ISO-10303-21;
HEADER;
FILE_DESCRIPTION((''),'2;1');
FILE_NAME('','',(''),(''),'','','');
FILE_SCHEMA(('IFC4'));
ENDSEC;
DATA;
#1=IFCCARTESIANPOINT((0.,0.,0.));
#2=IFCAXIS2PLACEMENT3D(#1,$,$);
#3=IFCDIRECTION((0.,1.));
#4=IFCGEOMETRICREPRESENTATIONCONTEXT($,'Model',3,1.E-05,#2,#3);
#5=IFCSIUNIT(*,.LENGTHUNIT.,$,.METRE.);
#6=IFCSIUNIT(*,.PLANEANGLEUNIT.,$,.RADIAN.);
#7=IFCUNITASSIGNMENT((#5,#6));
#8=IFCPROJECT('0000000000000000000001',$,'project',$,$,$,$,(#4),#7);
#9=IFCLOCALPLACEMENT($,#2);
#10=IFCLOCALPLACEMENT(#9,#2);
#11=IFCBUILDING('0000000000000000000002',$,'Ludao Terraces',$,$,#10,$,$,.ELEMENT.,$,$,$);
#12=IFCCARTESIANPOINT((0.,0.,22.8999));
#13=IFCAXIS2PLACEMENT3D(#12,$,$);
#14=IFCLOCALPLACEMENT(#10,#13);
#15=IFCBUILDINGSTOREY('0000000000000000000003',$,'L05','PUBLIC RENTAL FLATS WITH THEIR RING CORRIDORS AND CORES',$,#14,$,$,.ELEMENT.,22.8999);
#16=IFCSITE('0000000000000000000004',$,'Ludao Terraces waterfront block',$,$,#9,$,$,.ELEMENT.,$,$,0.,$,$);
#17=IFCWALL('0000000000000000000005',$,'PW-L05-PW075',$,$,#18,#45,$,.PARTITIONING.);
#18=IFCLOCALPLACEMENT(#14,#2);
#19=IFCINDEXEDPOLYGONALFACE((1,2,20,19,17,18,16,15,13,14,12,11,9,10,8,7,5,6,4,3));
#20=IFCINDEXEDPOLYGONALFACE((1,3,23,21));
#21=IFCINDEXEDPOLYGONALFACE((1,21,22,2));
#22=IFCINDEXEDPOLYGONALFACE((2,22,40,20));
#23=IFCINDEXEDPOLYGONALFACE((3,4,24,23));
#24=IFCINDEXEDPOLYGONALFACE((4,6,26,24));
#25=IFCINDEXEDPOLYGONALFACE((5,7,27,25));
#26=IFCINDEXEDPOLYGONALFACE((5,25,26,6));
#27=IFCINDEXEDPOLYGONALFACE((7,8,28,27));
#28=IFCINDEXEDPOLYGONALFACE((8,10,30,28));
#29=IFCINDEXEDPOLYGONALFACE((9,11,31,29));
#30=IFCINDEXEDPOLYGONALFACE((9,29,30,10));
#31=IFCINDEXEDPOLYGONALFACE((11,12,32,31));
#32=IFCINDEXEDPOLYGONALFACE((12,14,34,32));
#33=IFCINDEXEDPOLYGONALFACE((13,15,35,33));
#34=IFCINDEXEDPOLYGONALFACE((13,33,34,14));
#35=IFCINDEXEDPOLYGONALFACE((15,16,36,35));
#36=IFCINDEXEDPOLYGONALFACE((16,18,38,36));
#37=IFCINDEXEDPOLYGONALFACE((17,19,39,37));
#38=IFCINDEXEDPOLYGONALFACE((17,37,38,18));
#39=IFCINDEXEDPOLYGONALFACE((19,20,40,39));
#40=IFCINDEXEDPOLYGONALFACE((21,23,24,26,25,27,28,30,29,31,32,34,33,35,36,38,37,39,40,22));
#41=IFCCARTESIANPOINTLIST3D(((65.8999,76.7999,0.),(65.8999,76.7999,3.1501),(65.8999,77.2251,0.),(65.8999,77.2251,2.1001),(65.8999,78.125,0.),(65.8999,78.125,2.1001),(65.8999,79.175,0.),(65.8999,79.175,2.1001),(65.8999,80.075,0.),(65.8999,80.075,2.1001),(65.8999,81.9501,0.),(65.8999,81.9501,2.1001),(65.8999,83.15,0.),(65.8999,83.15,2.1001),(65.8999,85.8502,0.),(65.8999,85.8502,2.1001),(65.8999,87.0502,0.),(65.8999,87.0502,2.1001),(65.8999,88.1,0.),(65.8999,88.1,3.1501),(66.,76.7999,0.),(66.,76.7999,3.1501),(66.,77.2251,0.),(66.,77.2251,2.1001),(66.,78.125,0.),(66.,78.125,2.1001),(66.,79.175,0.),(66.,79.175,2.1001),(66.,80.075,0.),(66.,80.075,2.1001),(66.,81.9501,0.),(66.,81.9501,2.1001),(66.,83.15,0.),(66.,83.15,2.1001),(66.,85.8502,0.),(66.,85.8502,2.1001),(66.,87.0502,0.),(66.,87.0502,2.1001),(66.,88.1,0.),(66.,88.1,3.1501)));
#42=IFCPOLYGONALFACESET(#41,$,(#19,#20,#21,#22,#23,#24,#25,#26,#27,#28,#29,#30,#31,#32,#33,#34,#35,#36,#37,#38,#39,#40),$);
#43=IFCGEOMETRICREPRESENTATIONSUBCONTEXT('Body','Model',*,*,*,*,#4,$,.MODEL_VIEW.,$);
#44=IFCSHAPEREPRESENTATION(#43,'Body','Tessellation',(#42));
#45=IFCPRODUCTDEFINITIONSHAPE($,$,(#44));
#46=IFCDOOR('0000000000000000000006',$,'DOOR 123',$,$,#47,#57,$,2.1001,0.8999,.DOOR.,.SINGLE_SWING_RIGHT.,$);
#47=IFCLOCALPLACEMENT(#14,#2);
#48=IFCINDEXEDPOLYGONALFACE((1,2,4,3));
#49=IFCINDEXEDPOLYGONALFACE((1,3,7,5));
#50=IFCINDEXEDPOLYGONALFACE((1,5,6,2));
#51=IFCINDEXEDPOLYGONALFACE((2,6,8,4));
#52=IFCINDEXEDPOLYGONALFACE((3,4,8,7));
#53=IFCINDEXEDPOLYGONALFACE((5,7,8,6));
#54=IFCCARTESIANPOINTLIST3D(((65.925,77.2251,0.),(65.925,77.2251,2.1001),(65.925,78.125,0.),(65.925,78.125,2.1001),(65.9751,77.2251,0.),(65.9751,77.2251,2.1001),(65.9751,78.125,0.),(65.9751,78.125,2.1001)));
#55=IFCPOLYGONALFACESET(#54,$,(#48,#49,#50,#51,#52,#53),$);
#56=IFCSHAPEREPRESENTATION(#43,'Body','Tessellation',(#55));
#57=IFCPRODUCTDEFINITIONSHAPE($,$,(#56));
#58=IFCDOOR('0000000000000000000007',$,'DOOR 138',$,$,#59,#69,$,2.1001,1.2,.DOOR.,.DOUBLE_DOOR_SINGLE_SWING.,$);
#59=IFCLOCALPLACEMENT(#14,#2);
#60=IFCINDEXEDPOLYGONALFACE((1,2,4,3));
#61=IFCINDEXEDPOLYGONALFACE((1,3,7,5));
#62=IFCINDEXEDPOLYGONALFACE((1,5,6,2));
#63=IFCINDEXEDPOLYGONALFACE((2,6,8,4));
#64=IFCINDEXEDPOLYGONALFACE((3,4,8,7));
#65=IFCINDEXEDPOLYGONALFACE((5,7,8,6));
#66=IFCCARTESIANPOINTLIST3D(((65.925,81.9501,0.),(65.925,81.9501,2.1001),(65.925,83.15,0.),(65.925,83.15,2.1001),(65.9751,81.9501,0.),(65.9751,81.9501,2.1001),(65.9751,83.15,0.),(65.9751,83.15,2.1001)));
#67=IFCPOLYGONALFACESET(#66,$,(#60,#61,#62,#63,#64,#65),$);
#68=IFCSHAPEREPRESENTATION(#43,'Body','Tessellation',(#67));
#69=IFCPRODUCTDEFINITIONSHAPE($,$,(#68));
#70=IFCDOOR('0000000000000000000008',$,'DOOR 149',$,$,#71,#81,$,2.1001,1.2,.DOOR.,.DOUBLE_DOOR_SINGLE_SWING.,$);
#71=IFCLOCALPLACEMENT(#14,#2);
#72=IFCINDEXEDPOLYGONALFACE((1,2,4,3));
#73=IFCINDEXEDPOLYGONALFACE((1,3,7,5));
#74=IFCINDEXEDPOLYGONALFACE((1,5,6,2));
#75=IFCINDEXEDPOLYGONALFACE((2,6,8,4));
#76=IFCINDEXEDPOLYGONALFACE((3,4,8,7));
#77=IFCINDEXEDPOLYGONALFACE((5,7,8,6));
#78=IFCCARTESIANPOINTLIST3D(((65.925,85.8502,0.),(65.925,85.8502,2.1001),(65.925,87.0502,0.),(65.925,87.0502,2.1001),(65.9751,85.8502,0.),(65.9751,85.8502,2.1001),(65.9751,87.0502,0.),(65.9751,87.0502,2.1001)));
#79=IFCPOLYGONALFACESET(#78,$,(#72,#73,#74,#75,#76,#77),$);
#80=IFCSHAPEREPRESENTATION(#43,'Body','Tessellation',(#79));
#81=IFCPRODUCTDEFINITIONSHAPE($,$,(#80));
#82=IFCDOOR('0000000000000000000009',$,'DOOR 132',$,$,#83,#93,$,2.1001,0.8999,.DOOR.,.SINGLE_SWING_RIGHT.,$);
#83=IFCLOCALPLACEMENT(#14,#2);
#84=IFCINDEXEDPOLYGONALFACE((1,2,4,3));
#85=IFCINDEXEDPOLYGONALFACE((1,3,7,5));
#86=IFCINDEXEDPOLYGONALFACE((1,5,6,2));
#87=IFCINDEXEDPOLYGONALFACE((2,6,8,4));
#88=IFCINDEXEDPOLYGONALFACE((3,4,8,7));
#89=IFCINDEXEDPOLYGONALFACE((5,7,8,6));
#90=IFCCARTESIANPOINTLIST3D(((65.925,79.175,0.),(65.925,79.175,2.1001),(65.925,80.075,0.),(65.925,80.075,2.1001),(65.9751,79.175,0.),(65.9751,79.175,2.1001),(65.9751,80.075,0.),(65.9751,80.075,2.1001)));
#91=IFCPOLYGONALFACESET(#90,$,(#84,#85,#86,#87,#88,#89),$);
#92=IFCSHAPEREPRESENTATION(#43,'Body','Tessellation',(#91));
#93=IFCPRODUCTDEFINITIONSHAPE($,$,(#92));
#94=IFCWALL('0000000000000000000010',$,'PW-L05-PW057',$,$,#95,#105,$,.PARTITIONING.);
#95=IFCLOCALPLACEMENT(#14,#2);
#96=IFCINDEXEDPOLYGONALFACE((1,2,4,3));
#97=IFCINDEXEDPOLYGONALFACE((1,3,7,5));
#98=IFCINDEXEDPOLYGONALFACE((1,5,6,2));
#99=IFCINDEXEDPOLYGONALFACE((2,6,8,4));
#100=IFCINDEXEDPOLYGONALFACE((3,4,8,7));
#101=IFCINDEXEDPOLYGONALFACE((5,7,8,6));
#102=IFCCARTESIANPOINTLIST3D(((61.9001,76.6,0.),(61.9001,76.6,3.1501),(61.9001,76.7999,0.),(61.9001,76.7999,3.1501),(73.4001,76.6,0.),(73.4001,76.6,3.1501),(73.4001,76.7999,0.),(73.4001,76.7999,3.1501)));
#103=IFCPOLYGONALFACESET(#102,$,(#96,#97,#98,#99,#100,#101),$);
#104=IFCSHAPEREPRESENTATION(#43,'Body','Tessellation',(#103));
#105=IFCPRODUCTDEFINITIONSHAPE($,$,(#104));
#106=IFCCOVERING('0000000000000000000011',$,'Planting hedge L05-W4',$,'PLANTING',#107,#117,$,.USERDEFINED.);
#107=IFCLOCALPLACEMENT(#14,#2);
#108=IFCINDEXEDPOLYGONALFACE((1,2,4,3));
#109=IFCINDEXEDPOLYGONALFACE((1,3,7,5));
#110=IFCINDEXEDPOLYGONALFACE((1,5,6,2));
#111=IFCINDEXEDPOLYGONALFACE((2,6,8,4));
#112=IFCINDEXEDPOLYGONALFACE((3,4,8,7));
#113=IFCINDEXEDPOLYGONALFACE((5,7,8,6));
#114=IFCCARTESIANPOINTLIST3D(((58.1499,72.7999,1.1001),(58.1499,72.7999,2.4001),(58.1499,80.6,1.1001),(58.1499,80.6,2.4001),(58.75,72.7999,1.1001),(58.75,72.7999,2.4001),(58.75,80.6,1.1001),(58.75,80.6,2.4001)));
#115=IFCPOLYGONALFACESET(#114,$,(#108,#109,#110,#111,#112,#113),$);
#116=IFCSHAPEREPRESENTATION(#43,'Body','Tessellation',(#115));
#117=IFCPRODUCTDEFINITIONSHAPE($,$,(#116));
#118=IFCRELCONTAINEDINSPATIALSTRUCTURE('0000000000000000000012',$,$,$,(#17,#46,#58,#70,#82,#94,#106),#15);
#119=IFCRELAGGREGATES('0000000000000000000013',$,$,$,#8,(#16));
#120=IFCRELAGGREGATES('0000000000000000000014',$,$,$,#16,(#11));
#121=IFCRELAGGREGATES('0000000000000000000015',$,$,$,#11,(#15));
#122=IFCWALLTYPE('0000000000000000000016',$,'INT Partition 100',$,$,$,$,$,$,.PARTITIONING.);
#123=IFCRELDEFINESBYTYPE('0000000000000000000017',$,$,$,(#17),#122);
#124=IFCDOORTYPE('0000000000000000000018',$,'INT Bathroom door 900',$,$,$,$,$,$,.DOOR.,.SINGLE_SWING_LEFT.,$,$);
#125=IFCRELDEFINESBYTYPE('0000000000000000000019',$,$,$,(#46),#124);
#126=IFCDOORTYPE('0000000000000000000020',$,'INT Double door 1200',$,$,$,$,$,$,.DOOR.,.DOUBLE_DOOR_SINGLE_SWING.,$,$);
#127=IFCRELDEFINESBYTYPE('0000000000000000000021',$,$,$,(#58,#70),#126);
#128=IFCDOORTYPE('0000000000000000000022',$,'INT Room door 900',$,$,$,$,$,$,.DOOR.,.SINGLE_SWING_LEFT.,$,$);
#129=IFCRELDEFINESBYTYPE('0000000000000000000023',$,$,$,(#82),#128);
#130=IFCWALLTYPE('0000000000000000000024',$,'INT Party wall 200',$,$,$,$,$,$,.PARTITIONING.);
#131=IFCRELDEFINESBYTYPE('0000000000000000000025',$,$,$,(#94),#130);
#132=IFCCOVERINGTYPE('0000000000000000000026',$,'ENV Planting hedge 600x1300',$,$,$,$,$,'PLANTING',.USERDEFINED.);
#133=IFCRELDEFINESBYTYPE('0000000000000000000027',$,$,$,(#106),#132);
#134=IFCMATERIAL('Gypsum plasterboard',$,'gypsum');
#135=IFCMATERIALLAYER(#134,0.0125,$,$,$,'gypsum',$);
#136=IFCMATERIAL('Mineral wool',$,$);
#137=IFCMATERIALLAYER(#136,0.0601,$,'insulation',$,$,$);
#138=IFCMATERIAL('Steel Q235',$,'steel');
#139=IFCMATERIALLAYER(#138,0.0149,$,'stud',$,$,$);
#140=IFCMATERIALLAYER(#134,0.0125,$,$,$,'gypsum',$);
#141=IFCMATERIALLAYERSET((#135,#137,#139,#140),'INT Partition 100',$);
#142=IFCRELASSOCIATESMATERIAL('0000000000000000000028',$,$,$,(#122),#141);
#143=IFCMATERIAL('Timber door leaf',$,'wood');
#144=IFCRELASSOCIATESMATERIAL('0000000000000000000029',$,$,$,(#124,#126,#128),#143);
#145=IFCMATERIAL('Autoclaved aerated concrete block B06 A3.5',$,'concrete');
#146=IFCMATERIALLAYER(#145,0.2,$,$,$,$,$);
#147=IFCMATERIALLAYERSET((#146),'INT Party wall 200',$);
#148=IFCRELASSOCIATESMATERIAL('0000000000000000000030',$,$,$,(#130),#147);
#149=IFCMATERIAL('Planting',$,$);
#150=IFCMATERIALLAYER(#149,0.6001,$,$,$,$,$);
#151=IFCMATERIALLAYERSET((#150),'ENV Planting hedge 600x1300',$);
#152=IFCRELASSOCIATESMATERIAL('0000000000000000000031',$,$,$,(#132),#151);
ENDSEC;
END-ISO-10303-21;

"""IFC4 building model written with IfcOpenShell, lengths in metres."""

from ifc_helpers import new_model, si_unit, direction, frame, frame_2d, origin, origin_2d, place, context, subcontext, project, spatial, rectangle, extrude, material, layer, layer_set, type_object, element, fill, save


model = new_model("IFC4")

# Units and contexts
model_context = context("Model", 3, precision=1e-05, world=origin(), true_north=direction((0.0, 1.0)))
body_context = subcontext(model_context, "Body", "Model", "MODEL_VIEW")
ifc_project = project(units=[si_unit("LENGTHUNIT", "METRE"), si_unit("PLANEANGLEUNIT", "RADIAN")], contexts=[model_context])

# Site, building, storey
site_placement = place(None, origin())
site = spatial("IfcSite", under=ifc_project, at=site_placement, Name="Ludao Terraces waterfront block", CompositionType="ELEMENT", RefElevation=0.0)
building_placement = place(site_placement, origin())
building = spatial("IfcBuilding", under=site, at=building_placement, Name="Ludao Terraces", CompositionType="ELEMENT")
storey_placement = place(building_placement, frame((0.0, 0.0, 22.8999)))
storey = spatial("IfcBuildingStorey", under=building, at=storey_placement, Name="L05", Description="PUBLIC RENTAL FLATS WITH THEIR RING CORRIDORS AND CORES", CompositionType="ELEMENT", Elevation=22.8999)

# Shared definitions
ifc_material_1 = material(Name="Mineral wool")

# Shared definitions
ifc_material_2 = material(Name="Gypsum plasterboard", Category="gypsum")
ifc_layer_1 = layer(ifc_material_2, 0.0125, Category="gypsum")
ifc_layer_2 = layer(ifc_material_1, 0.0601, Name="insulation")
ifc_material_3 = material(Name="Steel Q235", Category="steel")
ifc_layer_3 = layer(ifc_material_3, 0.0149, Name="stud")
ifc_layer_4 = layer(ifc_material_2, 0.0125, Category="gypsum")
ifc_layer_set_1 = layer_set([ifc_layer_1, ifc_layer_2, ifc_layer_3, ifc_layer_4], Name="INT Partition 100")
wall_type_1 = type_object("IfcWallType", Name="INT Partition 100", PredefinedType="PARTITIONING", material=ifc_layer_set_1)

# Wall, openings, doors
wall_1_placement = place(storey_placement, frame((65.95, 76.8, 0.0), z_axis=(0.0, 0.0, 1.0), x_axis=(0.0, 1.0, 0.0)))
wall_1 = element("IfcWall", 1, at=wall_1_placement, inside=storey, type_object=wall_type_1, Name="PW-L05-PW075", PredefinedType="PARTITIONING", context=body_context, shape_type="SweptSolid", body=[
    extrude(rectangle(XDim=11.3, YDim=0.1001, at=frame_2d((5.6499, 0.0))), origin(), (0.0, 0.0, 1.0), 3.1501),
])
opening_1_placement = place(wall_1_placement, frame((0.425, 0.0, 0.0)))
opening_1 = element("IfcOpeningElement", 2, at=opening_1_placement, cuts=wall_1, PredefinedType="OPENING", context=body_context, shape_type="SweptSolid", body=[
    extrude(rectangle(XDim=0.8999, YDim=2.1001, at=frame_2d((0.45, 1.05))), frame((0.0, 0.0601, 0.0), z_axis=(0.0, -1.0, 0.0), x_axis=(1.0, 0.0, 0.0)), (0.0, 0.0, 1.0), 0.1201),
])
opening_2_placement = place(wall_1_placement, frame((2.375, 0.0, 0.0)))
opening_2 = element("IfcOpeningElement", 3, at=opening_2_placement, cuts=wall_1, PredefinedType="OPENING", context=body_context, shape_type="SweptSolid", body=[
    extrude(rectangle(XDim=0.8999, YDim=2.1001, at=frame_2d((0.45, 1.05))), frame((0.0, 0.0601, 0.0), z_axis=(0.0, -1.0, 0.0), x_axis=(1.0, 0.0, 0.0)), (0.0, 0.0, 1.0), 0.1201),
])
opening_3_placement = place(wall_1_placement, frame((5.1499, 0.0, 0.0)))
opening_3 = element("IfcOpeningElement", 4, at=opening_3_placement, cuts=wall_1, PredefinedType="OPENING", context=body_context, shape_type="SweptSolid", body=[
    extrude(rectangle(XDim=1.2, YDim=2.1001, at=frame_2d((0.6001, 1.05))), frame((0.0, 0.0601, 0.0), z_axis=(0.0, -1.0, 0.0), x_axis=(1.0, 0.0, 0.0)), (0.0, 0.0, 1.0), 0.1201),
])
opening_4_placement = place(wall_1_placement, frame((9.05, 0.0, 0.0)))
opening_4 = element("IfcOpeningElement", 5, at=opening_4_placement, cuts=wall_1, PredefinedType="OPENING", context=body_context, shape_type="SweptSolid", body=[
    extrude(rectangle(XDim=1.2, YDim=2.1001, at=frame_2d((0.6001, 1.05))), frame((0.0, 0.0601, 0.0), z_axis=(0.0, -1.0, 0.0), x_axis=(1.0, 0.0, 0.0)), (0.0, 0.0, 1.0), 0.1201),
])
ifc_material_4 = material(Name="Timber door leaf", Category="wood")
door_type_1 = type_object("IfcDoorType", Name="INT Bathroom door 900", OperationType="SINGLE_SWING_LEFT", PredefinedType="DOOR", material=ifc_material_4)
door_1_placement = place(opening_1_placement, origin())
door_1 = element("IfcDoor", 6, at=door_1_placement, inside=storey, type_object=door_type_1, Name="DOOR 123", OperationType="SINGLE_SWING_RIGHT", OverallHeight=2.1001, OverallWidth=0.8999, PredefinedType="DOOR", context=body_context, shape_type="SweptSolid", body=[
    extrude(rectangle(XDim=0.8999, YDim=2.1001, at=frame_2d((0.45, 1.05))), frame((0.0, 0.0249, 0.0), z_axis=(0.0, -1.0, 0.0), x_axis=(1.0, 0.0, 0.0)), (0.0, 0.0, 1.0), 0.05),
])
fill(opening_1, door_1)
door_type_2 = type_object("IfcDoorType", Name="INT Double door 1200", OperationType="DOUBLE_DOOR_SINGLE_SWING", PredefinedType="DOOR", material=ifc_material_4)
door_2_placement = place(opening_3_placement, origin())
door_2 = element("IfcDoor", 7, at=door_2_placement, inside=storey, type_object=door_type_2, Name="DOOR 138", OperationType="DOUBLE_DOOR_SINGLE_SWING", OverallHeight=2.1001, OverallWidth=1.2, PredefinedType="DOOR", context=body_context, shape_type="SweptSolid", body=[
    extrude(rectangle(XDim=1.2, YDim=2.1001, at=frame_2d((0.6001, 1.05))), frame((0.0, 0.0249, 0.0), z_axis=(0.0, -1.0, 0.0), x_axis=(1.0, 0.0, 0.0)), (0.0, 0.0, 1.0), 0.05),
])
fill(opening_3, door_2)
door_3_placement = place(opening_4_placement, origin())
door_3 = element("IfcDoor", 8, at=door_3_placement, inside=storey, type_object=door_type_2, Name="DOOR 149", OperationType="DOUBLE_DOOR_SINGLE_SWING", OverallHeight=2.1001, OverallWidth=1.2, PredefinedType="DOOR", context=body_context, shape_type="SweptSolid", body=[
    extrude(rectangle(XDim=1.2, YDim=2.1001, at=frame_2d((0.6001, 1.05))), frame((0.0, 0.0249, 0.0), z_axis=(0.0, -1.0, 0.0), x_axis=(1.0, 0.0, 0.0)), (0.0, 0.0, 1.0), 0.05),
])
fill(opening_4, door_3)
door_type_3 = type_object("IfcDoorType", Name="INT Room door 900", OperationType="SINGLE_SWING_LEFT", PredefinedType="DOOR", material=ifc_material_4)
door_4_placement = place(opening_2_placement, origin())
door_4 = element("IfcDoor", 9, at=door_4_placement, inside=storey, type_object=door_type_3, Name="DOOR 132", OperationType="SINGLE_SWING_RIGHT", OverallHeight=2.1001, OverallWidth=0.8999, PredefinedType="DOOR", context=body_context, shape_type="SweptSolid", body=[
    extrude(rectangle(XDim=0.8999, YDim=2.1001, at=frame_2d((0.45, 1.05))), frame((0.0, 0.0249, 0.0), z_axis=(0.0, -1.0, 0.0), x_axis=(1.0, 0.0, 0.0)), (0.0, 0.0, 1.0), 0.05),
])
fill(opening_2, door_4)

# Wall
ifc_material_5 = material(Name="Autoclaved aerated concrete block B06 A3.5", Category="concrete")
ifc_layer_5 = layer(ifc_material_5, 0.2)
ifc_layer_set_2 = layer_set([ifc_layer_5], Name="INT Party wall 200")
wall_type_2 = type_object("IfcWallType", Name="INT Party wall 200", PredefinedType="PARTITIONING", material=ifc_layer_set_2)
wall_2_placement = place(storey_placement, frame((61.9001, 76.7, 0.0), z_axis=(0.0, 0.0, 1.0), x_axis=(1.0, 0.0, 0.0)))
element("IfcWall", 10, at=wall_2_placement, inside=storey, type_object=wall_type_2, Name="PW-L05-PW057", PredefinedType="PARTITIONING", context=body_context, shape_type="SweptSolid", body=[
    extrude(rectangle(XDim=11.5, YDim=0.2, at=frame_2d((5.75, 0.0))), origin(), (0.0, 0.0, 1.0), 3.1501),
])

# Covering
ifc_material_6 = material(Name="Planting")
ifc_layer_6 = layer(ifc_material_6, 0.6001)
ifc_layer_set_3 = layer_set([ifc_layer_6], Name="ENV Planting hedge 600x1300")
covering_type = type_object("IfcCoveringType", Name="ENV Planting hedge 600x1300", ElementType="PLANTING", PredefinedType="USERDEFINED", material=ifc_layer_set_3)
covering_placement = place(storey_placement, frame((58.45, 76.7, 1.1001), z_axis=(0.0, 0.0, 1.0), x_axis=(1.0, 0.0, 0.0)))
element("IfcCovering", 11, at=covering_placement, inside=storey, type_object=covering_type, Name="Planting hedge L05-W4", ObjectType="PLANTING", PredefinedType="USERDEFINED", context=body_context, shape_type="SweptSolid", body=[
    extrude(rectangle(XDim=0.6001, YDim=7.8, at=origin_2d()), origin(), (0.0, 0.0, 1.0), 1.3),
])

save(model, "model.ifc")
